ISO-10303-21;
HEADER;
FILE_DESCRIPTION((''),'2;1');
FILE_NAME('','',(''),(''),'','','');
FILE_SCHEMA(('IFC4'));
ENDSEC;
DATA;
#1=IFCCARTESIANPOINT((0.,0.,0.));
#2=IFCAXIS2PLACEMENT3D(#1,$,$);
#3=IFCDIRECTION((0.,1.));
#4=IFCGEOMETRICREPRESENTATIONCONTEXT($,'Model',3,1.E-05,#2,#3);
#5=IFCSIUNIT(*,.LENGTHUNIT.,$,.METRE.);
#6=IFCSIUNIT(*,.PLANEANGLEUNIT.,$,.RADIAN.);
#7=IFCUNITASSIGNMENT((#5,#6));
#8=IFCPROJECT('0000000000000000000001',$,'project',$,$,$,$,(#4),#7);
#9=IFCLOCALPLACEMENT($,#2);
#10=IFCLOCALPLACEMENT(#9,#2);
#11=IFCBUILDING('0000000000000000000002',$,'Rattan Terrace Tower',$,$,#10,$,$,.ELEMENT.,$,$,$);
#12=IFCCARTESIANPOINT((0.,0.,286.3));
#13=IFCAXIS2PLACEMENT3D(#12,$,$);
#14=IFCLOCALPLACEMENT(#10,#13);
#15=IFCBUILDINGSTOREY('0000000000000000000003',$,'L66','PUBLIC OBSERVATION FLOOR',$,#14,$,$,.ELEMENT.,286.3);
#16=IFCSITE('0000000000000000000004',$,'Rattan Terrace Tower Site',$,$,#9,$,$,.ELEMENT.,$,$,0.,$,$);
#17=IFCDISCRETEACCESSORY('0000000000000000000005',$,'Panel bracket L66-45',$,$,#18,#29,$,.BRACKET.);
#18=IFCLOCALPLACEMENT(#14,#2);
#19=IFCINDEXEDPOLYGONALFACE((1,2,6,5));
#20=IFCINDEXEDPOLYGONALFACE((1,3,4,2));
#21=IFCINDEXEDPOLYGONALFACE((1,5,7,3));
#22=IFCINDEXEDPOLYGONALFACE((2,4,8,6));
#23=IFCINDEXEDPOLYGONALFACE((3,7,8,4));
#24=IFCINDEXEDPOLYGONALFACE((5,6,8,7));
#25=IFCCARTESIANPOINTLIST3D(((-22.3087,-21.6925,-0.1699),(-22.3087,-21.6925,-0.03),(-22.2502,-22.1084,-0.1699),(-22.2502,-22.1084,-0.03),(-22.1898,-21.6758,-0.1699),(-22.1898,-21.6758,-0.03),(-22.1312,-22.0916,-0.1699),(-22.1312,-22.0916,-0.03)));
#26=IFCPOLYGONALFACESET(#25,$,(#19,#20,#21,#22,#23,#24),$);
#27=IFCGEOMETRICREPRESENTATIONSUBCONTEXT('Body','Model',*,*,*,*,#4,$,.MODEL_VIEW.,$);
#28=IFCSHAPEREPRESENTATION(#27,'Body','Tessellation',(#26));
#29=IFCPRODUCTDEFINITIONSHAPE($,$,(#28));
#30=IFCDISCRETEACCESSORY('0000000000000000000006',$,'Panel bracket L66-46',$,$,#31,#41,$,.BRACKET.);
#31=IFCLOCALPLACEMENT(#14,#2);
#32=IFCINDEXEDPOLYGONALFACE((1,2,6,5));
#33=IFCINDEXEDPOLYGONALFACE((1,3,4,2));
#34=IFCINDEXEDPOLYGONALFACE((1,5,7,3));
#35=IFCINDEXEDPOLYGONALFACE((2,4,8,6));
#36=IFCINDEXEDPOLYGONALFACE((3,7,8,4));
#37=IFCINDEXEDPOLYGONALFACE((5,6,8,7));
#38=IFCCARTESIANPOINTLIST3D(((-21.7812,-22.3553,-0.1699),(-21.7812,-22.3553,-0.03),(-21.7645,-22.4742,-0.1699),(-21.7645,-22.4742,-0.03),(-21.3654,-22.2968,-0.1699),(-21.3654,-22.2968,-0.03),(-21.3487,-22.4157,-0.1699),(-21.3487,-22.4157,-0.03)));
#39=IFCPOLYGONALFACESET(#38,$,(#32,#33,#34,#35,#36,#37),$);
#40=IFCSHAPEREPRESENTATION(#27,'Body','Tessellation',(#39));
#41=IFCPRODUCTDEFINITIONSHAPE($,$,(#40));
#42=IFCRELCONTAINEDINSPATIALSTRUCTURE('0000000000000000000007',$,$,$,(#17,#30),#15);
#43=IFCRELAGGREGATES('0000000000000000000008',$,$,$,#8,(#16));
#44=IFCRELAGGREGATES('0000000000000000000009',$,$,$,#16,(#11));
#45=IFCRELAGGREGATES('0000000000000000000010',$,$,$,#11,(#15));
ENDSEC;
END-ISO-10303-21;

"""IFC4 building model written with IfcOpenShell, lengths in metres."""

from ifc_helpers import new_model, si_unit, direction, frame, origin, origin_2d, place, context, subcontext, project, spatial, rectangle, extrude, element, save


model = new_model("IFC4")

# Units and contexts
model_context = context("Model", 3, precision=1e-05, world=origin(), true_north=direction((0.0, 1.0)))
body_context = subcontext(model_context, "Body", "Model", "MODEL_VIEW")
ifc_project = project(units=[si_unit("LENGTHUNIT", "METRE"), si_unit("PLANEANGLEUNIT", "RADIAN")], contexts=[model_context])

# Site, building, storey
site_placement = place(None, origin())
site = spatial("IfcSite", under=ifc_project, at=site_placement, Name="Rattan Terrace Tower Site", CompositionType="ELEMENT", RefElevation=0.0)
building_placement = place(site_placement, origin())
building = spatial("IfcBuilding", under=site, at=building_placement, Name="Rattan Terrace Tower", CompositionType="ELEMENT")
storey_placement = place(building_placement, frame((0.0, 0.0, 286.3)))
storey = spatial("IfcBuildingStorey", under=building, at=storey_placement, Name="L66", Description="PUBLIC OBSERVATION FLOOR", CompositionType="ELEMENT", Elevation=286.3)

# Discrete accessories
for number, where, z_axis, x_axis, name in (
    (1, (-22.22, -21.8921, -0.1699), (0.0, 0.0, 1.0), (0.990241, 0.139367, 0.0), "Panel bracket L66-45"),
    (2, (-21.5649, -22.3855, -0.1699), (0.0, 0.0, 1.0), (0.139321, -0.990247, 0.0), "Panel bracket L66-46"),
):
    element("IfcDiscreteAccessory", number, at=place(storey_placement, frame(where, z_axis=z_axis, x_axis=x_axis)), inside=storey, Name=name, PredefinedType="BRACKET", context=body_context, shape_type="SweptSolid", body=[
        extrude(rectangle(XDim=0.1201, YDim=0.4199, at=origin_2d()), origin(), (0.0, 0.0, 1.0), 0.1399),
    ])

save(model, "model.ifc")
